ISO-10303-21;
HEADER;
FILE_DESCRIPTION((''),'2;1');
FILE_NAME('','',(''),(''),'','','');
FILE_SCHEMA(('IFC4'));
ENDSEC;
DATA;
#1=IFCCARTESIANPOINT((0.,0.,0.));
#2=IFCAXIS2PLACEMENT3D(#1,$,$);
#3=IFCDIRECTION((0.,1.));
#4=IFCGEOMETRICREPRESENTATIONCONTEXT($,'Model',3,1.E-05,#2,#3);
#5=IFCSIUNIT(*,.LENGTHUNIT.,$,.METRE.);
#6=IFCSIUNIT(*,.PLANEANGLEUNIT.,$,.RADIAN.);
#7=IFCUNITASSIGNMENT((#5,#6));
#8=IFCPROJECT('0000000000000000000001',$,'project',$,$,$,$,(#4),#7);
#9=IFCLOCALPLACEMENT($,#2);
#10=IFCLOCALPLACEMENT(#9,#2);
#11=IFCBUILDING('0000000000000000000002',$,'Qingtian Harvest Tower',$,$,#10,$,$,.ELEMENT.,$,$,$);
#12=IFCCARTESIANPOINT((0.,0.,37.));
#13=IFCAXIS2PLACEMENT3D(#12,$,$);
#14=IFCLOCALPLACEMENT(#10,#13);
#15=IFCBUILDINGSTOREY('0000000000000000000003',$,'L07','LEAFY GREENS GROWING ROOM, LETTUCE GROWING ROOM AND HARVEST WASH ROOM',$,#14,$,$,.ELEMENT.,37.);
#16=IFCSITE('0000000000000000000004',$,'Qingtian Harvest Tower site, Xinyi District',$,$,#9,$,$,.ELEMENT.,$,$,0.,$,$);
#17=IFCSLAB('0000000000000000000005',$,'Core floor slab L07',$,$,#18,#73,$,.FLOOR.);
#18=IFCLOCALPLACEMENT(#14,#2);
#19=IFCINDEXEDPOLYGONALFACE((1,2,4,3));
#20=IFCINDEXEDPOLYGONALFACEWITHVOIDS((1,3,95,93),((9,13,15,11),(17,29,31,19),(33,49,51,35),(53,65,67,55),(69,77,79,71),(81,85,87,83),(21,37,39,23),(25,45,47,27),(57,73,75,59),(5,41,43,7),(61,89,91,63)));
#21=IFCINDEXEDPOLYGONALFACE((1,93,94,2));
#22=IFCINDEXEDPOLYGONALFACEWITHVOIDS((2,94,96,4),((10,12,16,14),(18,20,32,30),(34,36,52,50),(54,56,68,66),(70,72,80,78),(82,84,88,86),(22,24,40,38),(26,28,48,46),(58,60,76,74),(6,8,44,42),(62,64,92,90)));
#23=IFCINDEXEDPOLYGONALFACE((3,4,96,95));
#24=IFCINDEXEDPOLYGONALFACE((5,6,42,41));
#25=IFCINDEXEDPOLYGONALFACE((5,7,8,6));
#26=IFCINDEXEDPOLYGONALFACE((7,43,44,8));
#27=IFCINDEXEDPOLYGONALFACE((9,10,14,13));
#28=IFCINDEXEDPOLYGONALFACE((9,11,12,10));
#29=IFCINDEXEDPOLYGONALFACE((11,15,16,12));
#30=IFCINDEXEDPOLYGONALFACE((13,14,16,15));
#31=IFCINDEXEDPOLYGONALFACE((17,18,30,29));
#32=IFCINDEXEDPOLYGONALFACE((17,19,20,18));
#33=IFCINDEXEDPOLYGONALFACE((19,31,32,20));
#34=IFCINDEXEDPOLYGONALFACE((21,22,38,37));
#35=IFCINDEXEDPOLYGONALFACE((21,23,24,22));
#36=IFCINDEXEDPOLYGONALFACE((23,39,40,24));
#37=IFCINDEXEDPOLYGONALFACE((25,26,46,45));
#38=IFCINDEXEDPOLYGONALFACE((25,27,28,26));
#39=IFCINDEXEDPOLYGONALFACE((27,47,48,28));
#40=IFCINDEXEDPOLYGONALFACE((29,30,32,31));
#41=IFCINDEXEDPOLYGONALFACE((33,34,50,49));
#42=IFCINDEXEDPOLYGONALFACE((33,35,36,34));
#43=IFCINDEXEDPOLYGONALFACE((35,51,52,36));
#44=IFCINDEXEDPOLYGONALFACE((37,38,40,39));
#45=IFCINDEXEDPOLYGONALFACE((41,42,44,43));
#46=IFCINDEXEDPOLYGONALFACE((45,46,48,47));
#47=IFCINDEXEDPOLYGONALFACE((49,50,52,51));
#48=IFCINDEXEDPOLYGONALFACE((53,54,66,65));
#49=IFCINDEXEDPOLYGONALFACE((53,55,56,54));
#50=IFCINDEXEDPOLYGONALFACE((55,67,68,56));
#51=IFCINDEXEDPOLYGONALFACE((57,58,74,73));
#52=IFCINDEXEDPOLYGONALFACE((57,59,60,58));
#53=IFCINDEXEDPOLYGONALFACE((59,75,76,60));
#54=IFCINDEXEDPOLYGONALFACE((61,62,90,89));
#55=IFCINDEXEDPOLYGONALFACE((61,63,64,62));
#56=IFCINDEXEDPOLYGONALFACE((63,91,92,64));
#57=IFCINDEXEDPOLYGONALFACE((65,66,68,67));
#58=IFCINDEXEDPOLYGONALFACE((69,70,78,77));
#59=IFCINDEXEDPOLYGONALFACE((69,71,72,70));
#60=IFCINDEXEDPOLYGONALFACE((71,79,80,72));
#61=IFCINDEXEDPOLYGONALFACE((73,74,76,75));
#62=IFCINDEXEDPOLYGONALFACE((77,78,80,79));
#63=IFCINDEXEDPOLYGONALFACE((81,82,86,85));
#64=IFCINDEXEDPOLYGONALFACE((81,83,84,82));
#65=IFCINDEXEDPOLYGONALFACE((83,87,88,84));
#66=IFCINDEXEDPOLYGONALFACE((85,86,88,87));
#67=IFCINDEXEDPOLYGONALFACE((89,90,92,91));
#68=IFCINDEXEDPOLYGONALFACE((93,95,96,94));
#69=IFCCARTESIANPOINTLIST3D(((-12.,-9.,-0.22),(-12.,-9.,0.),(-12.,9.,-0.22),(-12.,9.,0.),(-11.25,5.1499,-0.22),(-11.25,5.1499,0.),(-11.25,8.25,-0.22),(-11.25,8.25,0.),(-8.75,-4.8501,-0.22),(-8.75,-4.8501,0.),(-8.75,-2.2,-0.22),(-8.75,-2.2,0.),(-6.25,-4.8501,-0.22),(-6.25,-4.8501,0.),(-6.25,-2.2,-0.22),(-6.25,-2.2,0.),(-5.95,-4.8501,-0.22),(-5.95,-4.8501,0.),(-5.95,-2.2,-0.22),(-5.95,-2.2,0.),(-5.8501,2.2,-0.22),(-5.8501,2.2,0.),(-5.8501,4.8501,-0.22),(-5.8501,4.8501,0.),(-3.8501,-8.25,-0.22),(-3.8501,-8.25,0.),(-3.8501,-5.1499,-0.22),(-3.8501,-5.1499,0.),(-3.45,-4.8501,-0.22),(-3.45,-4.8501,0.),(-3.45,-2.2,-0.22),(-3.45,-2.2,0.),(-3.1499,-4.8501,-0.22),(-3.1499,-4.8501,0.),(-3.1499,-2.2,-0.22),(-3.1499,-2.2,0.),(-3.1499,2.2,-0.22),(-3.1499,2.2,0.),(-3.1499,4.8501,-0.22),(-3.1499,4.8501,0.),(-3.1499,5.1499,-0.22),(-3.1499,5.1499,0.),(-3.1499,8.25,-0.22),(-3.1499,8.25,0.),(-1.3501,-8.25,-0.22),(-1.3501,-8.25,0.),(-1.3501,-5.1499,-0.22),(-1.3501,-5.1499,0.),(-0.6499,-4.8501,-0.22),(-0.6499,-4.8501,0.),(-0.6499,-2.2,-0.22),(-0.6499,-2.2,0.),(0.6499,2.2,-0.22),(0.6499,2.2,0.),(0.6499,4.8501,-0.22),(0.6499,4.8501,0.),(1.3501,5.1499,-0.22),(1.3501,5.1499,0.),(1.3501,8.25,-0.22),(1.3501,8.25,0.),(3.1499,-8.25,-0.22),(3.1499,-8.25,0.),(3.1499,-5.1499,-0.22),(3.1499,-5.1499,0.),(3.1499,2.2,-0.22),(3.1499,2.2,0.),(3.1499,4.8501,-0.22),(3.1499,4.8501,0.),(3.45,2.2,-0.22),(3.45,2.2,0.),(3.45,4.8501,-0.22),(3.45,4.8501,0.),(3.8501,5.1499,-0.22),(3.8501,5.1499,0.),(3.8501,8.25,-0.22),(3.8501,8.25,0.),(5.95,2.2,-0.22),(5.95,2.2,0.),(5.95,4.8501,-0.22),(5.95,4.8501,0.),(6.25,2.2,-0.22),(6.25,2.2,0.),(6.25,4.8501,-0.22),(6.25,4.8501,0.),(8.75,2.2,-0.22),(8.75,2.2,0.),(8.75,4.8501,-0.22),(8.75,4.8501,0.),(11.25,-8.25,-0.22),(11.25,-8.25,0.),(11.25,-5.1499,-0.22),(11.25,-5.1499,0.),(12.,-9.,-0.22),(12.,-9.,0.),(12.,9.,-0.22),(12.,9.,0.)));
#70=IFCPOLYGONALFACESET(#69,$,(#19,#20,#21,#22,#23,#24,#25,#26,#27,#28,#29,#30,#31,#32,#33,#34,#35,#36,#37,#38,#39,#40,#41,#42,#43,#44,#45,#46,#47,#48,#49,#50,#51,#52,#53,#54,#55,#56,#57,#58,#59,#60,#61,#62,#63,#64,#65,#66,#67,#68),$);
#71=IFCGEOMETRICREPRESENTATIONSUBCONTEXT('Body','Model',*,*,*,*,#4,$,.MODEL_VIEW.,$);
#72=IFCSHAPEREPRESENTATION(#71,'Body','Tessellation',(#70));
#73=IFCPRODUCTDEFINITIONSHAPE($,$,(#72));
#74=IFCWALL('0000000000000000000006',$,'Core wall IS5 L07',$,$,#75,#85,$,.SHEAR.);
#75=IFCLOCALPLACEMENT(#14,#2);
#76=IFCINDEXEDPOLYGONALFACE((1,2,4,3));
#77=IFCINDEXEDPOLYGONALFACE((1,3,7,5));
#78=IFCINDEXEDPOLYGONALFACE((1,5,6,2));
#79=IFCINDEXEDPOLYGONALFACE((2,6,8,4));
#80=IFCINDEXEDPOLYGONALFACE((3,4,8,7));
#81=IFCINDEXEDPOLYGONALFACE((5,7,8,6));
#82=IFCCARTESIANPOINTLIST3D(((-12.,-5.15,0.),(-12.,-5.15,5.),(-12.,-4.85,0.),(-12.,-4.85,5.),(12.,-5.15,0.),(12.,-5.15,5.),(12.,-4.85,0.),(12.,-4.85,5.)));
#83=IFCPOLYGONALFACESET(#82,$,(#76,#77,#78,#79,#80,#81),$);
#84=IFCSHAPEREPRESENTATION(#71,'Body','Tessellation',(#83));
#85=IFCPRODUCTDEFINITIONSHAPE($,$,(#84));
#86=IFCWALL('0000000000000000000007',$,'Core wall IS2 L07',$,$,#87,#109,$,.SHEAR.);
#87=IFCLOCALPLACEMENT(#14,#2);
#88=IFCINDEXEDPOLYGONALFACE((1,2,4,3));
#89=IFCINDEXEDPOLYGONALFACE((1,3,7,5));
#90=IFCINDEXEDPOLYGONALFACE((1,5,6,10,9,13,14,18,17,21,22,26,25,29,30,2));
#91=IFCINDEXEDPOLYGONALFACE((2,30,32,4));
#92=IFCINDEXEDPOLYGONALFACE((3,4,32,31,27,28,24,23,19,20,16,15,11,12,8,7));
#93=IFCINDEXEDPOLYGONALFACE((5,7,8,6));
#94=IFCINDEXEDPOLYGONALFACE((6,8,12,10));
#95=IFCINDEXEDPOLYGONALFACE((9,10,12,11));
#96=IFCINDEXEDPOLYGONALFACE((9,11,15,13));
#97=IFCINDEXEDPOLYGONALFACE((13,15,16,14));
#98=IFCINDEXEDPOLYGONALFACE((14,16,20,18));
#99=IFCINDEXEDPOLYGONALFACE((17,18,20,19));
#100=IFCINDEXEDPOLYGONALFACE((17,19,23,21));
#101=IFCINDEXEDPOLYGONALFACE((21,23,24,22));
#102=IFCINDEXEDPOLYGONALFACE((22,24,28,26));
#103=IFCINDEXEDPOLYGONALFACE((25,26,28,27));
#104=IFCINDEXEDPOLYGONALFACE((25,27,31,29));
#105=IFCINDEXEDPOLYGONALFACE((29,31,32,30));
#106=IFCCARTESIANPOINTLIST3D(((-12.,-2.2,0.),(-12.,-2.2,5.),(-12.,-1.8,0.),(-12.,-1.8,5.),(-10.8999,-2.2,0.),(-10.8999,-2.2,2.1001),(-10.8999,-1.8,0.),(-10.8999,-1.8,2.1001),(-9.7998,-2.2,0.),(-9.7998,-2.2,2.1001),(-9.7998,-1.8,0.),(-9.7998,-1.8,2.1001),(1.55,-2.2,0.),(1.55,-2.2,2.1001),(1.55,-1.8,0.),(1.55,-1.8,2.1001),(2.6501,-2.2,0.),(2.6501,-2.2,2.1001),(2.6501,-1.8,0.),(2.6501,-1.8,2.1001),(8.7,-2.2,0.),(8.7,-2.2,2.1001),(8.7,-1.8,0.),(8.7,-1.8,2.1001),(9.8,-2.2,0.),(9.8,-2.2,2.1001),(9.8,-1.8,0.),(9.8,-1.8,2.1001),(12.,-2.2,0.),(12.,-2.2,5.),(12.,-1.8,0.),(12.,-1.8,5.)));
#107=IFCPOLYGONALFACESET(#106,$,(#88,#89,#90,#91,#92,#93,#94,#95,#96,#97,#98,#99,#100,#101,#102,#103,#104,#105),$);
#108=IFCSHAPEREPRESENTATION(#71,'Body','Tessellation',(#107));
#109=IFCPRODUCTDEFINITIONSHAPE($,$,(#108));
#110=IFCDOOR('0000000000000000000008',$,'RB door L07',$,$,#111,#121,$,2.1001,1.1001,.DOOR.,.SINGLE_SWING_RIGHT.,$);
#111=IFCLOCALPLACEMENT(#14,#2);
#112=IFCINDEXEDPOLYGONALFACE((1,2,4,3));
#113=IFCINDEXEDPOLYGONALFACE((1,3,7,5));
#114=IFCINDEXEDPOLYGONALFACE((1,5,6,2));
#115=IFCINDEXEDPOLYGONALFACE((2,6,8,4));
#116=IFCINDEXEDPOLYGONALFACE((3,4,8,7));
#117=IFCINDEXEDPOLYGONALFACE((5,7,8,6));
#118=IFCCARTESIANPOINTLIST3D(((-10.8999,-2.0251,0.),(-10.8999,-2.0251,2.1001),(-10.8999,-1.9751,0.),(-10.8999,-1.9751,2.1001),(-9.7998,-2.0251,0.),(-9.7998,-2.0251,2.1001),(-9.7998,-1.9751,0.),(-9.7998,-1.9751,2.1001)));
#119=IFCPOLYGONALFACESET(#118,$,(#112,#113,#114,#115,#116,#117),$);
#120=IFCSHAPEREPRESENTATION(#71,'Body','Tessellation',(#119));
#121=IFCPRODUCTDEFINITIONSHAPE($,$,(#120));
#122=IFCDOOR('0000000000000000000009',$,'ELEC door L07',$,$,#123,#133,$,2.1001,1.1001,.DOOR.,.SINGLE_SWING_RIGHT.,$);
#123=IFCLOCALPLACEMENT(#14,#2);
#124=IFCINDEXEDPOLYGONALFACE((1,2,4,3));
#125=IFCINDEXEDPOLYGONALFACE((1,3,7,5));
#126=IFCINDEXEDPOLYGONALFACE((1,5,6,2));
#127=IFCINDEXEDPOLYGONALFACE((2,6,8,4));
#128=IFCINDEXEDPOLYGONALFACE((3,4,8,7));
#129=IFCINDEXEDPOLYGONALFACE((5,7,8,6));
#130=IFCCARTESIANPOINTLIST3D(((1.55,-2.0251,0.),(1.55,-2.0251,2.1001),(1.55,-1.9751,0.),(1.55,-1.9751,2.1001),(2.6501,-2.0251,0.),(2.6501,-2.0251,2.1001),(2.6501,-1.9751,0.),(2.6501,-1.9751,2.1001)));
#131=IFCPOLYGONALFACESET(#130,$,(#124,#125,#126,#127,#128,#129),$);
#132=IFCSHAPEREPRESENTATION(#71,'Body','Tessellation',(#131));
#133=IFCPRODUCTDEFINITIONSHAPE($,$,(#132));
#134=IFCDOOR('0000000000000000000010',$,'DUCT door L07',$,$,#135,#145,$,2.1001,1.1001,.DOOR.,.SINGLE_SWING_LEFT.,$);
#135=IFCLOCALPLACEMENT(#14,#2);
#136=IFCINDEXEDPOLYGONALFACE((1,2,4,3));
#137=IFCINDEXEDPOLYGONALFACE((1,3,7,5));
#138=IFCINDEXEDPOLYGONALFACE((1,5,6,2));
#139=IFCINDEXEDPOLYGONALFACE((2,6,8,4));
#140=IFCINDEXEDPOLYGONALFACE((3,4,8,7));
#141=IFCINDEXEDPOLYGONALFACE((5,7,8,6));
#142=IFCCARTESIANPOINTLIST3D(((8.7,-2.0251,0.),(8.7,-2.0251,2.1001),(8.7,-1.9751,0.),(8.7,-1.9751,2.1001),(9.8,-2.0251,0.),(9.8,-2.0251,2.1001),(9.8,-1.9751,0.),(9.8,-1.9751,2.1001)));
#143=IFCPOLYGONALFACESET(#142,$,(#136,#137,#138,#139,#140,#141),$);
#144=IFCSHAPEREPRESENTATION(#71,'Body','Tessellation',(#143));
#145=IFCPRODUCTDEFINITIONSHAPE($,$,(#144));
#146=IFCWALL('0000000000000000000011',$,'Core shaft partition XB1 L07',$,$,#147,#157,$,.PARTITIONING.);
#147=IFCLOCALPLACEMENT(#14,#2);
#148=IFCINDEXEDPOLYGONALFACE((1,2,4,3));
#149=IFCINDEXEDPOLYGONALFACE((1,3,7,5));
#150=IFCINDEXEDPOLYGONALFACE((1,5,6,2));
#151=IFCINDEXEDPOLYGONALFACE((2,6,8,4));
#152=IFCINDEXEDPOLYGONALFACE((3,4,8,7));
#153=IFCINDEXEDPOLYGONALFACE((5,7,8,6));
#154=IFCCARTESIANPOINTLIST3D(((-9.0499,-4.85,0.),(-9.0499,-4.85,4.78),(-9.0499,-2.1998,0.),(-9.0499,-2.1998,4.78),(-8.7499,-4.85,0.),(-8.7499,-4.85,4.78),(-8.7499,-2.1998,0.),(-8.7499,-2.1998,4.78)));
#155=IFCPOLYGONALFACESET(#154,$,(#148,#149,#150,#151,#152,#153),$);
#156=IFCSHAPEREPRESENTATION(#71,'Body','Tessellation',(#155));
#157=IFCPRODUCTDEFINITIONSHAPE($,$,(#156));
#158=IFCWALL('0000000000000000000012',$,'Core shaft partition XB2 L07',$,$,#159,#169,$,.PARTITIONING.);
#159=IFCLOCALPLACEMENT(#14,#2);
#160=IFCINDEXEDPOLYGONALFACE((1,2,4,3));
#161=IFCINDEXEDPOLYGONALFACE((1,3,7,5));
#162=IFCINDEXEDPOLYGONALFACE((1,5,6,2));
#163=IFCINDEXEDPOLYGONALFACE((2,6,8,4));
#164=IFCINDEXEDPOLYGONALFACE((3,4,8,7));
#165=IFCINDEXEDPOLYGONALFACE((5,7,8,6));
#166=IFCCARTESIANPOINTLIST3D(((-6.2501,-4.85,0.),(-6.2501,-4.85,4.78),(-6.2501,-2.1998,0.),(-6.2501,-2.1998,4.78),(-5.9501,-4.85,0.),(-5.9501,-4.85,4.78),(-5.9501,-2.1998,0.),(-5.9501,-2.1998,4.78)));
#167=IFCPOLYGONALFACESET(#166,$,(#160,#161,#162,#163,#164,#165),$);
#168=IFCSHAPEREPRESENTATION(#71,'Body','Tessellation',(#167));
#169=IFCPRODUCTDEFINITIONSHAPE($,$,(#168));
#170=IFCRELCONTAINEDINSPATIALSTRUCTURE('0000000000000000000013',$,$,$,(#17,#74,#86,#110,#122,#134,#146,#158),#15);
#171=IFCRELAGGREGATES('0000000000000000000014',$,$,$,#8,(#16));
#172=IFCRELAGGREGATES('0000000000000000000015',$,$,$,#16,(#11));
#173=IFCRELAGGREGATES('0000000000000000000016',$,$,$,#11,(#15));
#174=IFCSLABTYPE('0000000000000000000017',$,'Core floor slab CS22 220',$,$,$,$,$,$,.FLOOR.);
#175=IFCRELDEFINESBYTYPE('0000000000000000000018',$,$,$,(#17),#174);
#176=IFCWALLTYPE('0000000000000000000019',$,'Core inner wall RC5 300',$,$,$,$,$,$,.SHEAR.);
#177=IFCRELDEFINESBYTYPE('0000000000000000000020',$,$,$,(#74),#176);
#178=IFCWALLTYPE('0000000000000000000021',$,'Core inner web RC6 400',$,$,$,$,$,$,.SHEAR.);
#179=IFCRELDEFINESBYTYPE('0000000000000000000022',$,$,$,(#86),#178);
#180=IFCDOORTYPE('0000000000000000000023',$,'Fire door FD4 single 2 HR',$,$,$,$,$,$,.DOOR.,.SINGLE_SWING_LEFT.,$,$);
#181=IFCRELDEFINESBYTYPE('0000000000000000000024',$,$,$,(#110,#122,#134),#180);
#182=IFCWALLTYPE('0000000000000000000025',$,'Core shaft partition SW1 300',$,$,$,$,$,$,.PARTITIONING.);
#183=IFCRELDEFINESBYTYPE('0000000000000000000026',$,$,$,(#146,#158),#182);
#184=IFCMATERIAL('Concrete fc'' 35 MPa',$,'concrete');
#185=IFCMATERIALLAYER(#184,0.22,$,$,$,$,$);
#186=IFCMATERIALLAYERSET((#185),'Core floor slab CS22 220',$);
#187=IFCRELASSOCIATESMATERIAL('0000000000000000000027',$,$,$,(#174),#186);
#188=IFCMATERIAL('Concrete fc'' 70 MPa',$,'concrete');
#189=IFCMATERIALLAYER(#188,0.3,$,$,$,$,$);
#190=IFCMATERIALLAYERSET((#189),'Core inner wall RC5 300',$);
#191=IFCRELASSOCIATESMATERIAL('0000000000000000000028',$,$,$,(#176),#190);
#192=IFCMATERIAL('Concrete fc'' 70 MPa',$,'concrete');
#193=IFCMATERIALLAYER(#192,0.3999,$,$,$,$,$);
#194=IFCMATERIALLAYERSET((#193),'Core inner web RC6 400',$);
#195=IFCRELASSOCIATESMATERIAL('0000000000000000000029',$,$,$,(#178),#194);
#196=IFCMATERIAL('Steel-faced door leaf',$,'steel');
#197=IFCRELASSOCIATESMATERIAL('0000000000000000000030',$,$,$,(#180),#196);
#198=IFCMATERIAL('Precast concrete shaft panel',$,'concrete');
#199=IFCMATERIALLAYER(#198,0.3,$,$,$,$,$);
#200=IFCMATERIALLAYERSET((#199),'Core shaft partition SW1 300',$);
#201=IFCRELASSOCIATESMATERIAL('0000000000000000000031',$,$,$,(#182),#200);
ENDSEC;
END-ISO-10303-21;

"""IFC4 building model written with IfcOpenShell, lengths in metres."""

from ifc_helpers import new_model, si_unit, direction, frame, frame_2d, origin, place, context, subcontext, project, spatial, polyline, rectangle, outline, extrude, material, layer, layer_set, type_object, element, fill, save


model = new_model("IFC4")

# Units and contexts
model_context = context("Model", 3, precision=1e-05, world=origin(), true_north=direction((0.0, 1.0)))
body_context = subcontext(model_context, "Body", "Model", "MODEL_VIEW")
ifc_project = project(units=[si_unit("LENGTHUNIT", "METRE"), si_unit("PLANEANGLEUNIT", "RADIAN")], contexts=[model_context])

# Site, building, storey
site_placement = place(None, origin())
site = spatial("IfcSite", under=ifc_project, at=site_placement, Name="Qingtian Harvest Tower site, Xinyi District", CompositionType="ELEMENT", RefElevation=0.0)
building_placement = place(site_placement, origin())
building = spatial("IfcBuilding", under=site, at=building_placement, Name="Qingtian Harvest Tower", CompositionType="ELEMENT")
storey_placement = place(building_placement, frame((0.0, 0.0, 37.0)))
storey = spatial("IfcBuildingStorey", under=building, at=storey_placement, Name="L07", Description="LEAFY GREENS GROWING ROOM, LETTUCE GROWING ROOM AND HARVEST WASH ROOM", CompositionType="ELEMENT", Elevation=37.0)

# Slab
ifc_material_1 = material(Name="Concrete fc' 35 MPa", Category="concrete")
ifc_layer_1 = layer(ifc_material_1, 0.22)
ifc_layer_set_1 = layer_set([ifc_layer_1], Name="Core floor slab CS22 220")
slab_type = type_object("IfcSlabType", Name="Core floor slab CS22 220", PredefinedType="FLOOR", material=ifc_layer_set_1)
slab_placement = place(storey_placement, frame((0.0, 0.0, -0.22)))
element("IfcSlab", 1, at=slab_placement, inside=storey, type_object=slab_type, Name="Core floor slab L07", PredefinedType="FLOOR", context=body_context, shape_type="SweptSolid", body=[
    extrude(outline(polyline([(-12.0, -9.0), (12.0, -9.0), (12.0, 9.0), (-12.0, 9.0), (-12.0, -9.0)]), holes=[polyline([(-11.25, 5.1499), (-3.1499, 5.1499), (-3.1499, 8.25), (-11.25, 8.25), (-11.25, 5.1499)]), polyline([(3.1499, -8.25), (11.25, -8.25), (11.25, -5.1499), (3.1499, -5.1499), (3.1499, -8.25)]), polyline([(1.3501, 5.1499), (3.8501, 5.1499), (3.8501, 8.25), (1.3501, 8.25), (1.3501, 5.1499)]), polyline([(-3.8501, -8.25), (-1.3501, -8.25), (-1.3501, -5.1499), (-3.8501, -5.1499), (-3.8501, -8.25)]), polyline([(-5.8501, 2.2), (-3.1499, 2.2), (-3.1499, 4.8501), (-5.8501, 4.8501), (-5.8501, 2.2)]), polyline([(0.6499, 2.2), (3.1499, 2.2), (3.1499, 4.8501), (0.6499, 4.8501), (0.6499, 2.2)]), polyline([(3.45, 2.2), (5.95, 2.2), (5.95, 4.8501), (3.45, 4.8501), (3.45, 2.2)]), polyline([(6.25, 2.2), (8.75, 2.2), (8.75, 4.8501), (6.25, 4.8501), (6.25, 2.2)]), polyline([(-8.75, -4.8501), (-6.25, -4.8501), (-6.25, -2.2), (-8.75, -2.2), (-8.75, -4.8501)]), polyline([(-5.95, -4.8501), (-3.45, -4.8501), (-3.45, -2.2), (-5.95, -2.2), (-5.95, -4.8501)]), polyline([(-3.1499, -4.8501), (-0.6499, -4.8501), (-0.6499, -2.2), (-3.1499, -2.2), (-3.1499, -4.8501)])]), origin(), (0.0, 0.0, 1.0), 0.22),
])

# Wall
ifc_material_2 = material(Name="Concrete fc' 70 MPa", Category="concrete")
ifc_layer_2 = layer(ifc_material_2, 0.3)
ifc_layer_set_2 = layer_set([ifc_layer_2], Name="Core inner wall RC5 300")
wall_type_1 = type_object("IfcWallType", Name="Core inner wall RC5 300", PredefinedType="SHEAR", material=ifc_layer_set_2)
wall_1_placement = place(storey_placement, frame((-12.0, -5.0, 0.0), z_axis=(0.0, 0.0, 1.0), x_axis=(1.0, 0.0, 0.0)))
element("IfcWall", 2, at=wall_1_placement, inside=storey, type_object=wall_type_1, Name="Core wall IS5 L07", PredefinedType="SHEAR", context=body_context, shape_type="SweptSolid", body=[
    extrude(rectangle(XDim=24.0, YDim=0.3, at=frame_2d((12.0, 0.0))), origin(), (0.0, 0.0, 1.0), 5.0),
])

# Wall, openings, doors
ifc_material_3 = material(Name="Concrete fc' 70 MPa", Category="concrete")
ifc_layer_3 = layer(ifc_material_3, 0.3999)
ifc_layer_set_3 = layer_set([ifc_layer_3], Name="Core inner web RC6 400")
wall_type_2 = type_object("IfcWallType", Name="Core inner web RC6 400", PredefinedType="SHEAR", material=ifc_layer_set_3)
wall_2_placement = place(storey_placement, frame((-12.0, -2.0, 0.0), z_axis=(0.0, 0.0, 1.0), x_axis=(1.0, 0.0, 0.0)))
wall_2 = element("IfcWall", 3, at=wall_2_placement, inside=storey, type_object=wall_type_2, Name="Core wall IS2 L07", PredefinedType="SHEAR", context=body_context, shape_type="SweptSolid", body=[
    extrude(rectangle(XDim=24.0, YDim=0.3999, at=frame_2d((12.0, 0.0))), origin(), (0.0, 0.0, 1.0), 5.0),
])
opening_1_placement = place(wall_2_placement, frame((1.1001, 0.0, 0.0)))
opening_1 = element("IfcOpeningElement", 4, at=opening_1_placement, cuts=wall_2, PredefinedType="OPENING", context=body_context, shape_type="SweptSolid", body=[
    extrude(rectangle(XDim=1.1001, YDim=2.1001, at=frame_2d((0.55, 1.05))), frame((0.0, 0.21, 0.0), z_axis=(0.0, -1.0, 0.0), x_axis=(1.0, 0.0, 0.0)), (0.0, 0.0, 1.0), 0.4199),
])
opening_2_placement = place(wall_2_placement, frame((13.55, 0.0, 0.0)))
opening_2 = element("IfcOpeningElement", 5, at=opening_2_placement, cuts=wall_2, PredefinedType="OPENING", context=body_context, shape_type="SweptSolid", body=[
    extrude(rectangle(XDim=1.1001, YDim=2.1001, at=frame_2d((0.55, 1.05))), frame((0.0, 0.21, 0.0), z_axis=(0.0, -1.0, 0.0), x_axis=(1.0, 0.0, 0.0)), (0.0, 0.0, 1.0), 0.4199),
])
opening_3_placement = place(wall_2_placement, frame((20.7, 0.0, 0.0)))
opening_3 = element("IfcOpeningElement", 6, at=opening_3_placement, cuts=wall_2, PredefinedType="OPENING", context=body_context, shape_type="SweptSolid", body=[
    extrude(rectangle(XDim=1.1001, YDim=2.1001, at=frame_2d((0.55, 1.05))), frame((0.0, 0.21, 0.0), z_axis=(0.0, -1.0, 0.0), x_axis=(1.0, 0.0, 0.0)), (0.0, 0.0, 1.0), 0.4199),
])
ifc_material_4 = material(Name="Steel-faced door leaf", Category="steel")
door_type_1 = type_object("IfcDoorType", Name="Fire door FD4 single 2 HR", OperationType="SINGLE_SWING_LEFT", PredefinedType="DOOR", material=ifc_material_4)
door_1_placement = place(opening_1_placement, origin())
door_1 = element("IfcDoor", 7, at=door_1_placement, inside=storey, type_object=door_type_1, Name="RB door L07", OperationType="SINGLE_SWING_RIGHT", OverallHeight=2.1001, OverallWidth=1.1001, PredefinedType="DOOR", context=body_context, shape_type="SweptSolid", body=[
    extrude(rectangle(XDim=1.1001, YDim=2.1001, at=frame_2d((0.55, 1.05))), frame((0.0, 0.0249, 0.0), z_axis=(0.0, -1.0, 0.0), x_axis=(1.0, 0.0, 0.0)), (0.0, 0.0, 1.0), 0.05),
])
fill(opening_1, door_1)
door_2_placement = place(opening_2_placement, origin())
door_2 = element("IfcDoor", 8, at=door_2_placement, inside=storey, type_object=door_type_1, Name="ELEC door L07", OperationType="SINGLE_SWING_RIGHT", OverallHeight=2.1001, OverallWidth=1.1001, PredefinedType="DOOR", context=body_context, shape_type="SweptSolid", body=[
    extrude(rectangle(XDim=1.1001, YDim=2.1001, at=frame_2d((0.55, 1.05))), frame((0.0, 0.0249, 0.0), z_axis=(0.0, -1.0, 0.0), x_axis=(1.0, 0.0, 0.0)), (0.0, 0.0, 1.0), 0.05),
])
fill(opening_2, door_2)
door_3_placement = place(opening_3_placement, origin())
door_3 = element("IfcDoor", 9, at=door_3_placement, inside=storey, type_object=door_type_1, Name="DUCT door L07", OperationType="SINGLE_SWING_LEFT", OverallHeight=2.1001, OverallWidth=1.1001, PredefinedType="DOOR", context=body_context, shape_type="SweptSolid", body=[
    extrude(rectangle(XDim=1.1001, YDim=2.1001, at=frame_2d((0.55, 1.05))), frame((0.0, 0.0249, 0.0), z_axis=(0.0, -1.0, 0.0), x_axis=(1.0, 0.0, 0.0)), (0.0, 0.0, 1.0), 0.05),
])
fill(opening_3, door_3)

# Walls
ifc_material_5 = material(Name="Precast concrete shaft panel", Category="concrete")
ifc_layer_4 = layer(ifc_material_5, 0.3)
ifc_layer_set_4 = layer_set([ifc_layer_4], Name="Core shaft partition SW1 300")
wall_type_3 = type_object("IfcWallType", Name="Core shaft partition SW1 300", PredefinedType="PARTITIONING", material=ifc_layer_set_4)
for number, where, z_axis, x_axis, name in (
    (10, (-8.8999, -4.8501, 0.0), (0.0, 0.0, 1.0), (0.0, 1.0, 0.0), "Core shaft partition XB1 L07"),
    (11, (-6.1001, -4.8501, 0.0), (0.0, 0.0, 1.0), (0.0, 1.0, 0.0), "Core shaft partition XB2 L07"),
):
    element("IfcWall", number, at=place(storey_placement, frame(where, z_axis=z_axis, x_axis=x_axis)), inside=storey, type_object=wall_type_3, Name=name, PredefinedType="PARTITIONING", context=body_context, shape_type="SweptSolid", body=[
        extrude(rectangle(XDim=2.6501, YDim=0.3, at=frame_2d((1.3252, 0.0))), origin(), (0.0, 0.0, 1.0), 4.78),
    ])

save(model, "model.ifc")
